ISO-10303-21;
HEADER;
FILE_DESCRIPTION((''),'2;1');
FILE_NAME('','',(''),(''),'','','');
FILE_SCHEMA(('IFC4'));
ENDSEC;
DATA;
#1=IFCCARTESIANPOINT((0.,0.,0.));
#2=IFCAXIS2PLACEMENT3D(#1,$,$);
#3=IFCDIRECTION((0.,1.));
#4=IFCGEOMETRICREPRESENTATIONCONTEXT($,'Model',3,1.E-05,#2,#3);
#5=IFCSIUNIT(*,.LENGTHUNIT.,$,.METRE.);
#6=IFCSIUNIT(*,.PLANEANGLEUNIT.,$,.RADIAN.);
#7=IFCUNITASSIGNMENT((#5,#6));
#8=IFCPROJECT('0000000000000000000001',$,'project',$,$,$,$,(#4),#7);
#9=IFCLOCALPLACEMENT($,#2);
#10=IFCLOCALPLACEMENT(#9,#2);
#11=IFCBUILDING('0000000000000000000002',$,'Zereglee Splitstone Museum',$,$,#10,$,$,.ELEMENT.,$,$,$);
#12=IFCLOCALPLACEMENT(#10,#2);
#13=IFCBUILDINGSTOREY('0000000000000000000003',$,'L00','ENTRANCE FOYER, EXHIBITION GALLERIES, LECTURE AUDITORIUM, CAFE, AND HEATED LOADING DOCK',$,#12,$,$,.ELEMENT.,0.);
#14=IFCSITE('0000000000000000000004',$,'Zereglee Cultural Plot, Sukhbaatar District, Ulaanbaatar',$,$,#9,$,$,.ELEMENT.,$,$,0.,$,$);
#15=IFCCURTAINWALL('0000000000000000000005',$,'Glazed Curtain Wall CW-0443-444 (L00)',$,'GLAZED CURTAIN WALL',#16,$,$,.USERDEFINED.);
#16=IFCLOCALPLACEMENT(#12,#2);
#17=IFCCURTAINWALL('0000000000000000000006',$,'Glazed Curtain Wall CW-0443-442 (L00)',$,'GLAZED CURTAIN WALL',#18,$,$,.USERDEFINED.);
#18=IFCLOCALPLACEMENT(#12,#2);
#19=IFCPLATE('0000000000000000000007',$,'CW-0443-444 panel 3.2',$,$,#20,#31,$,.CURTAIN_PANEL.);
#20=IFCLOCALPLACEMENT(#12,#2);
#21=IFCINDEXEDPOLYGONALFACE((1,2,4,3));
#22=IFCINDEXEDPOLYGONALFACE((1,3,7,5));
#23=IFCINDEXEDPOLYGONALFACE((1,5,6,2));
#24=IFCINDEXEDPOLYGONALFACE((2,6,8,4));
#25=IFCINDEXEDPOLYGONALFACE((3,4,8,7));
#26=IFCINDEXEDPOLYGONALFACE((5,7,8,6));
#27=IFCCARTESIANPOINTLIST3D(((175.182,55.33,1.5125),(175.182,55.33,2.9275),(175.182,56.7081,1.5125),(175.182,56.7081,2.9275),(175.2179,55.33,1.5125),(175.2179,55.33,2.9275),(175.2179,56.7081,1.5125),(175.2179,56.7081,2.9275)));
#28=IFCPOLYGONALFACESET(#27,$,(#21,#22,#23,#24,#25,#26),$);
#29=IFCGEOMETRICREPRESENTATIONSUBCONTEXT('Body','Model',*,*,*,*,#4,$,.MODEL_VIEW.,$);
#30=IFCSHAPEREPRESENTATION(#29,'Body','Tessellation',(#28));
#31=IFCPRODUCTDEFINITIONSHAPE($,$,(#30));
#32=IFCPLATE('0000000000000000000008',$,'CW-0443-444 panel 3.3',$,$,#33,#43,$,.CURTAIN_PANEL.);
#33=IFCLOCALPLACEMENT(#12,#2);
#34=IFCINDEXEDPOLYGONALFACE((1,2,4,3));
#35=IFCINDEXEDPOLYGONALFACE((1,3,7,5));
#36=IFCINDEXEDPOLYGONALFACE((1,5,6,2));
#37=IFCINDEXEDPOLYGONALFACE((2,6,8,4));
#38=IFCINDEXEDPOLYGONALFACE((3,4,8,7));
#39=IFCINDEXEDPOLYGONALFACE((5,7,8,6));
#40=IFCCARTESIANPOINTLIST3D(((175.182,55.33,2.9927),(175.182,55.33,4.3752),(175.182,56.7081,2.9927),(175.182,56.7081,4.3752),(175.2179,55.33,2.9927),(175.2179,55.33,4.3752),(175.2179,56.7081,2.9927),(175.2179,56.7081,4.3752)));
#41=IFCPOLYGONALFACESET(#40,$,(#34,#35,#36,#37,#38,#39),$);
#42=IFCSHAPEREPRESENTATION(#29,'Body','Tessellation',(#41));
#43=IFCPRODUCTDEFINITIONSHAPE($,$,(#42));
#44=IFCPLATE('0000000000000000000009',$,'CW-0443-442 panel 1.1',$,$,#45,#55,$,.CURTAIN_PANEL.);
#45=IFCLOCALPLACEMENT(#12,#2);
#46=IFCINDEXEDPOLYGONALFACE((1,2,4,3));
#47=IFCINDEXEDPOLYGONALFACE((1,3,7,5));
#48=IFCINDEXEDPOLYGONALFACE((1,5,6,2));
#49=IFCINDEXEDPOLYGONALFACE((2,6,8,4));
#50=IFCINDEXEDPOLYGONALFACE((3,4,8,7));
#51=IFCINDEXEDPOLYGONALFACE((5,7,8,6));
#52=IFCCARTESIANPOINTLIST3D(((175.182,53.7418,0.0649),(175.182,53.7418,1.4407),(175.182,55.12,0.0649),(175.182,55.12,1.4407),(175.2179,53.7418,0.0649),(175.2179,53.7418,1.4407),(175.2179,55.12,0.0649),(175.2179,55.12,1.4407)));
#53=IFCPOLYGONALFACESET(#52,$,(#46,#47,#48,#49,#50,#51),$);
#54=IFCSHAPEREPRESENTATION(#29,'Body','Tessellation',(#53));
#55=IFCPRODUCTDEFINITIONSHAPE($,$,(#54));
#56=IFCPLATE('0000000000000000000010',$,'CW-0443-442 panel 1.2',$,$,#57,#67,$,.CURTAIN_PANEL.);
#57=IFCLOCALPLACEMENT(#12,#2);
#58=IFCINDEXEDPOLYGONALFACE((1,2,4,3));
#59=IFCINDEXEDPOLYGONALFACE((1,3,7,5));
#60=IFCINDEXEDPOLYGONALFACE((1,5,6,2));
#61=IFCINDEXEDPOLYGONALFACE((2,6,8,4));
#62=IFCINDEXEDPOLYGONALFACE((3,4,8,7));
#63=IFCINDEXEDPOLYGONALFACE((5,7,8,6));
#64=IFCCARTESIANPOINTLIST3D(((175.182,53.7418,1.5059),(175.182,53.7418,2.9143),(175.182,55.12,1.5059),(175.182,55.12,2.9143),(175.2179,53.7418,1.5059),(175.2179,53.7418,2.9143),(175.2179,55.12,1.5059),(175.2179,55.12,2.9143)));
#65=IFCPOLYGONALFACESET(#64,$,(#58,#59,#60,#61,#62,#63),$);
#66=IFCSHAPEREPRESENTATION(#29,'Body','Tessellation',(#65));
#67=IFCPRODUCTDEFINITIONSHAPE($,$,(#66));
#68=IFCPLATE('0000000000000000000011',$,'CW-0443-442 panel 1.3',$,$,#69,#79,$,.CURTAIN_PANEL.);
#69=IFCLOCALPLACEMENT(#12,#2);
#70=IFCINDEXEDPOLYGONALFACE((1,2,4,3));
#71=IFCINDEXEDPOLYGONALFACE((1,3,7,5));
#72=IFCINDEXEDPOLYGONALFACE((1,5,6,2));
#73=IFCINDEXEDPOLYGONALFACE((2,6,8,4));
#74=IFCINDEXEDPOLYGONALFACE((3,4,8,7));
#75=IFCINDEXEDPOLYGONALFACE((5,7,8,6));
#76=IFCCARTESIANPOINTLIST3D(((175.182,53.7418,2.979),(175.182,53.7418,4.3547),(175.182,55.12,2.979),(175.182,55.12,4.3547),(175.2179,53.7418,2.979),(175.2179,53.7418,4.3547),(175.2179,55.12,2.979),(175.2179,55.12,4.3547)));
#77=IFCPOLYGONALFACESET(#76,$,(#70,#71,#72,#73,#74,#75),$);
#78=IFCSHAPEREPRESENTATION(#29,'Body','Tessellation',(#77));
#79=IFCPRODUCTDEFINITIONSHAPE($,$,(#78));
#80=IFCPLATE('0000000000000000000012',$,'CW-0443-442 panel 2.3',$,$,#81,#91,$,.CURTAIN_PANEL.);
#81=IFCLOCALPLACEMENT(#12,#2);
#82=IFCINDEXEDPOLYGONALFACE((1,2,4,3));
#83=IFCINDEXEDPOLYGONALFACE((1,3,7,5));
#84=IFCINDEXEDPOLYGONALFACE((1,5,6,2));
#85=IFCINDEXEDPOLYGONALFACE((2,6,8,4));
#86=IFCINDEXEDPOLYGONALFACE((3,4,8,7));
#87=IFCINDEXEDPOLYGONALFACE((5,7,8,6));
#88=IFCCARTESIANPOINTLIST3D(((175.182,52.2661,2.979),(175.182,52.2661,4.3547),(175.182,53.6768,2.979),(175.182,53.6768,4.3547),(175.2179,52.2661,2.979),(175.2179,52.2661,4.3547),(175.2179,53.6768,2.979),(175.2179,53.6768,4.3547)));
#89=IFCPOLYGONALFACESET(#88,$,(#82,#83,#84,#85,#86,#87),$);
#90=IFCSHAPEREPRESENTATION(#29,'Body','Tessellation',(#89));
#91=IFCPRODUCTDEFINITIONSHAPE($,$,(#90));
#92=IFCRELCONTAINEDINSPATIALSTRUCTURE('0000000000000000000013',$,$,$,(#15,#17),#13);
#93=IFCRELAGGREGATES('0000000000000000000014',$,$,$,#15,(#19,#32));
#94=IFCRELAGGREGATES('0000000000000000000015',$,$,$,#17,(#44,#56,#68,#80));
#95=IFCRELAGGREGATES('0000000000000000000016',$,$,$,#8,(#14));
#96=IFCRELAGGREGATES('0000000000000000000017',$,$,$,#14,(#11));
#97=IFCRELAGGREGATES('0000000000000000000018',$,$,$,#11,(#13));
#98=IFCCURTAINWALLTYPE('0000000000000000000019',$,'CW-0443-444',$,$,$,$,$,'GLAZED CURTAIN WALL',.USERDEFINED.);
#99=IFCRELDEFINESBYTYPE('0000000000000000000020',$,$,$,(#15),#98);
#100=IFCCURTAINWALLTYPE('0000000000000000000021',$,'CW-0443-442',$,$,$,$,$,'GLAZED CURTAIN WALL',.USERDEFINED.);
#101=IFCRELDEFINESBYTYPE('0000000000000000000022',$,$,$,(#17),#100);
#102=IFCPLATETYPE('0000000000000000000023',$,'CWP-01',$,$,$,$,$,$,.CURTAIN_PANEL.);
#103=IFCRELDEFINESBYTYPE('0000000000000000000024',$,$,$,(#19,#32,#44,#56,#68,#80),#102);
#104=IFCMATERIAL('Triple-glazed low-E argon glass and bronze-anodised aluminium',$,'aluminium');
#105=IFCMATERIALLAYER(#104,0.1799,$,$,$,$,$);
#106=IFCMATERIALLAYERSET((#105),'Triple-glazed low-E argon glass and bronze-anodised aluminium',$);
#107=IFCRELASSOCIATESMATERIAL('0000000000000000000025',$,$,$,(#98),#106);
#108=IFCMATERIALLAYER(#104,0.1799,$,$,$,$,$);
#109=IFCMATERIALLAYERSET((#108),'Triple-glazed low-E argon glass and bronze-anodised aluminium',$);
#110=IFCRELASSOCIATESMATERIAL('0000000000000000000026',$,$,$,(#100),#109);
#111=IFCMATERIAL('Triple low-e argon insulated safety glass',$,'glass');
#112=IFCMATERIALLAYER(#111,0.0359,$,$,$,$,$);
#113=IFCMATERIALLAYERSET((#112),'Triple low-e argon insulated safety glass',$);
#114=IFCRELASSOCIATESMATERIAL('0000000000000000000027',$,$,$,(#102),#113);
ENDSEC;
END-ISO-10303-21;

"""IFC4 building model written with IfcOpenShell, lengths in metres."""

from ifc_helpers import new_model, si_unit, direction, frame, origin, origin_2d, place, context, subcontext, project, spatial, rectangle, extrude, material, layer, layer_set, type_object, element, aggregate, save


model = new_model("IFC4")

# Units and contexts
model_context = context("Model", 3, precision=1e-05, world=origin(), true_north=direction((0.0, 1.0)))
body_context = subcontext(model_context, "Body", "Model", "MODEL_VIEW")
ifc_project = project(units=[si_unit("LENGTHUNIT", "METRE"), si_unit("PLANEANGLEUNIT", "RADIAN")], contexts=[model_context])

# Site, building, storey
site_placement = place(None, origin())
site = spatial("IfcSite", under=ifc_project, at=site_placement, Name="Zereglee Cultural Plot, Sukhbaatar District, Ulaanbaatar", CompositionType="ELEMENT", RefElevation=0.0)
building_placement = place(site_placement, origin())
building = spatial("IfcBuilding", under=site, at=building_placement, Name="Zereglee Splitstone Museum", CompositionType="ELEMENT")
storey_placement = place(building_placement, origin())
storey = spatial("IfcBuildingStorey", under=building, at=storey_placement, Name="L00", Description="ENTRANCE FOYER, EXHIBITION GALLERIES, LECTURE AUDITORIUM, CAFE, AND HEATED LOADING DOCK", CompositionType="ELEMENT", Elevation=0.0)

# Curtain wall
ifc_material_1 = material(Name="Triple-glazed low-E argon glass and bronze-anodised aluminium", Category="aluminium")
ifc_layer_1 = layer(ifc_material_1, 0.1799)
ifc_layer_set_1 = layer_set([ifc_layer_1], Name="Triple-glazed low-E argon glass and bronze-anodised aluminium")
curtain_wall_type_1 = type_object("IfcCurtainWallType", Name="CW-0443-444", ElementType="GLAZED CURTAIN WALL", PredefinedType="USERDEFINED", material=ifc_layer_set_1)
curtain_wall_1_placement = place(storey_placement, origin())
curtain_wall_1 = element("IfcCurtainWall", 1, at=curtain_wall_1_placement, inside=storey, type_object=curtain_wall_type_1, Name="Glazed Curtain Wall CW-0443-444 (L00)", ObjectType="GLAZED CURTAIN WALL", PredefinedType="USERDEFINED")

# Curtain wall
ifc_layer_2 = layer(ifc_material_1, 0.1799)
ifc_layer_set_2 = layer_set([ifc_layer_2], Name="Triple-glazed low-E argon glass and bronze-anodised aluminium")
curtain_wall_type_2 = type_object("IfcCurtainWallType", Name="CW-0443-442", ElementType="GLAZED CURTAIN WALL", PredefinedType="USERDEFINED", material=ifc_layer_set_2)
curtain_wall_2_placement = place(storey_placement, origin())
curtain_wall_2 = element("IfcCurtainWall", 2, at=curtain_wall_2_placement, inside=storey, type_object=curtain_wall_type_2, Name="Glazed Curtain Wall CW-0443-442 (L00)", ObjectType="GLAZED CURTAIN WALL", PredefinedType="USERDEFINED")

# Plates
ifc_material_2 = material(Name="Triple low-e argon insulated safety glass", Category="glass")
ifc_layer_3 = layer(ifc_material_2, 0.0359)
ifc_layer_set_3 = layer_set([ifc_layer_3], Name="Triple low-e argon insulated safety glass")
plate_type = type_object("IfcPlateType", Name="CWP-01", PredefinedType="CURTAIN_PANEL", material=ifc_layer_set_3)
plate_1_placement = place(storey_placement, frame((175.2, 56.019, 1.5125), z_axis=(0.0, 0.0, 1.0), x_axis=(0.0, -1.0, 0.0)))
plate_1 = element("IfcPlate", 3, at=plate_1_placement, type_object=plate_type, Name="CW-0443-444 panel 3.2", PredefinedType="CURTAIN_PANEL", context=body_context, shape_type="SweptSolid", body=[
    extrude(rectangle(XDim=1.3782, YDim=0.0359, at=origin_2d()), origin(), (0.0, 0.0, 1.0), 1.415),
])
plate_2_placement = place(storey_placement, frame((175.2, 56.019, 2.9927), z_axis=(0.0, 0.0, 1.0), x_axis=(0.0, -1.0, 0.0)))
plate_2 = element("IfcPlate", 4, at=plate_2_placement, type_object=plate_type, Name="CW-0443-444 panel 3.3", PredefinedType="CURTAIN_PANEL", context=body_context, shape_type="SweptSolid", body=[
    extrude(rectangle(XDim=1.3782, YDim=0.0359, at=origin_2d()), origin(), (0.0, 0.0, 1.0), 1.3826),
])
aggregate(curtain_wall_1, [plate_1, plate_2])
plate_3_placement = place(storey_placement, frame((175.2, 54.4309, 0.0649), z_axis=(0.0, 0.0, 1.0), x_axis=(0.0, -1.0, 0.0)))
plate_3 = element("IfcPlate", 5, at=plate_3_placement, type_object=plate_type, Name="CW-0443-442 panel 1.1", PredefinedType="CURTAIN_PANEL", context=body_context, shape_type="SweptSolid", body=[
    extrude(rectangle(XDim=1.3782, YDim=0.0359, at=origin_2d()), origin(), (0.0, 0.0, 1.0), 1.3757),
])
plate_4_placement = place(storey_placement, frame((175.2, 54.4309, 1.5059), z_axis=(0.0, 0.0, 1.0), x_axis=(0.0, -1.0, 0.0)))
plate_4 = element("IfcPlate", 6, at=plate_4_placement, type_object=plate_type, Name="CW-0443-442 panel 1.2", PredefinedType="CURTAIN_PANEL", context=body_context, shape_type="SweptSolid", body=[
    extrude(rectangle(XDim=1.3782, YDim=0.0359, at=origin_2d()), origin(), (0.0, 0.0, 1.0), 1.4084),
])
plate_5_placement = place(storey_placement, frame((175.2, 54.4309, 2.979), z_axis=(0.0, 0.0, 1.0), x_axis=(0.0, -1.0, 0.0)))
plate_5 = element("IfcPlate", 7, at=plate_5_placement, type_object=plate_type, Name="CW-0443-442 panel 1.3", PredefinedType="CURTAIN_PANEL", context=body_context, shape_type="SweptSolid", body=[
    extrude(rectangle(XDim=1.3782, YDim=0.0359, at=origin_2d()), origin(), (0.0, 0.0, 1.0), 1.3757),
])
plate_6_placement = place(storey_placement, frame((175.2, 52.9714, 2.979), z_axis=(0.0, 0.0, 1.0), x_axis=(0.0, -1.0, 0.0)))
plate_6 = element("IfcPlate", 8, at=plate_6_placement, type_object=plate_type, Name="CW-0443-442 panel 2.3", PredefinedType="CURTAIN_PANEL", context=body_context, shape_type="SweptSolid", body=[
    extrude(rectangle(XDim=1.4106, YDim=0.0359, at=origin_2d()), origin(), (0.0, 0.0, 1.0), 1.3757),
])
aggregate(curtain_wall_2, [plate_3, plate_4, plate_5, plate_6])

save(model, "model.ifc")
